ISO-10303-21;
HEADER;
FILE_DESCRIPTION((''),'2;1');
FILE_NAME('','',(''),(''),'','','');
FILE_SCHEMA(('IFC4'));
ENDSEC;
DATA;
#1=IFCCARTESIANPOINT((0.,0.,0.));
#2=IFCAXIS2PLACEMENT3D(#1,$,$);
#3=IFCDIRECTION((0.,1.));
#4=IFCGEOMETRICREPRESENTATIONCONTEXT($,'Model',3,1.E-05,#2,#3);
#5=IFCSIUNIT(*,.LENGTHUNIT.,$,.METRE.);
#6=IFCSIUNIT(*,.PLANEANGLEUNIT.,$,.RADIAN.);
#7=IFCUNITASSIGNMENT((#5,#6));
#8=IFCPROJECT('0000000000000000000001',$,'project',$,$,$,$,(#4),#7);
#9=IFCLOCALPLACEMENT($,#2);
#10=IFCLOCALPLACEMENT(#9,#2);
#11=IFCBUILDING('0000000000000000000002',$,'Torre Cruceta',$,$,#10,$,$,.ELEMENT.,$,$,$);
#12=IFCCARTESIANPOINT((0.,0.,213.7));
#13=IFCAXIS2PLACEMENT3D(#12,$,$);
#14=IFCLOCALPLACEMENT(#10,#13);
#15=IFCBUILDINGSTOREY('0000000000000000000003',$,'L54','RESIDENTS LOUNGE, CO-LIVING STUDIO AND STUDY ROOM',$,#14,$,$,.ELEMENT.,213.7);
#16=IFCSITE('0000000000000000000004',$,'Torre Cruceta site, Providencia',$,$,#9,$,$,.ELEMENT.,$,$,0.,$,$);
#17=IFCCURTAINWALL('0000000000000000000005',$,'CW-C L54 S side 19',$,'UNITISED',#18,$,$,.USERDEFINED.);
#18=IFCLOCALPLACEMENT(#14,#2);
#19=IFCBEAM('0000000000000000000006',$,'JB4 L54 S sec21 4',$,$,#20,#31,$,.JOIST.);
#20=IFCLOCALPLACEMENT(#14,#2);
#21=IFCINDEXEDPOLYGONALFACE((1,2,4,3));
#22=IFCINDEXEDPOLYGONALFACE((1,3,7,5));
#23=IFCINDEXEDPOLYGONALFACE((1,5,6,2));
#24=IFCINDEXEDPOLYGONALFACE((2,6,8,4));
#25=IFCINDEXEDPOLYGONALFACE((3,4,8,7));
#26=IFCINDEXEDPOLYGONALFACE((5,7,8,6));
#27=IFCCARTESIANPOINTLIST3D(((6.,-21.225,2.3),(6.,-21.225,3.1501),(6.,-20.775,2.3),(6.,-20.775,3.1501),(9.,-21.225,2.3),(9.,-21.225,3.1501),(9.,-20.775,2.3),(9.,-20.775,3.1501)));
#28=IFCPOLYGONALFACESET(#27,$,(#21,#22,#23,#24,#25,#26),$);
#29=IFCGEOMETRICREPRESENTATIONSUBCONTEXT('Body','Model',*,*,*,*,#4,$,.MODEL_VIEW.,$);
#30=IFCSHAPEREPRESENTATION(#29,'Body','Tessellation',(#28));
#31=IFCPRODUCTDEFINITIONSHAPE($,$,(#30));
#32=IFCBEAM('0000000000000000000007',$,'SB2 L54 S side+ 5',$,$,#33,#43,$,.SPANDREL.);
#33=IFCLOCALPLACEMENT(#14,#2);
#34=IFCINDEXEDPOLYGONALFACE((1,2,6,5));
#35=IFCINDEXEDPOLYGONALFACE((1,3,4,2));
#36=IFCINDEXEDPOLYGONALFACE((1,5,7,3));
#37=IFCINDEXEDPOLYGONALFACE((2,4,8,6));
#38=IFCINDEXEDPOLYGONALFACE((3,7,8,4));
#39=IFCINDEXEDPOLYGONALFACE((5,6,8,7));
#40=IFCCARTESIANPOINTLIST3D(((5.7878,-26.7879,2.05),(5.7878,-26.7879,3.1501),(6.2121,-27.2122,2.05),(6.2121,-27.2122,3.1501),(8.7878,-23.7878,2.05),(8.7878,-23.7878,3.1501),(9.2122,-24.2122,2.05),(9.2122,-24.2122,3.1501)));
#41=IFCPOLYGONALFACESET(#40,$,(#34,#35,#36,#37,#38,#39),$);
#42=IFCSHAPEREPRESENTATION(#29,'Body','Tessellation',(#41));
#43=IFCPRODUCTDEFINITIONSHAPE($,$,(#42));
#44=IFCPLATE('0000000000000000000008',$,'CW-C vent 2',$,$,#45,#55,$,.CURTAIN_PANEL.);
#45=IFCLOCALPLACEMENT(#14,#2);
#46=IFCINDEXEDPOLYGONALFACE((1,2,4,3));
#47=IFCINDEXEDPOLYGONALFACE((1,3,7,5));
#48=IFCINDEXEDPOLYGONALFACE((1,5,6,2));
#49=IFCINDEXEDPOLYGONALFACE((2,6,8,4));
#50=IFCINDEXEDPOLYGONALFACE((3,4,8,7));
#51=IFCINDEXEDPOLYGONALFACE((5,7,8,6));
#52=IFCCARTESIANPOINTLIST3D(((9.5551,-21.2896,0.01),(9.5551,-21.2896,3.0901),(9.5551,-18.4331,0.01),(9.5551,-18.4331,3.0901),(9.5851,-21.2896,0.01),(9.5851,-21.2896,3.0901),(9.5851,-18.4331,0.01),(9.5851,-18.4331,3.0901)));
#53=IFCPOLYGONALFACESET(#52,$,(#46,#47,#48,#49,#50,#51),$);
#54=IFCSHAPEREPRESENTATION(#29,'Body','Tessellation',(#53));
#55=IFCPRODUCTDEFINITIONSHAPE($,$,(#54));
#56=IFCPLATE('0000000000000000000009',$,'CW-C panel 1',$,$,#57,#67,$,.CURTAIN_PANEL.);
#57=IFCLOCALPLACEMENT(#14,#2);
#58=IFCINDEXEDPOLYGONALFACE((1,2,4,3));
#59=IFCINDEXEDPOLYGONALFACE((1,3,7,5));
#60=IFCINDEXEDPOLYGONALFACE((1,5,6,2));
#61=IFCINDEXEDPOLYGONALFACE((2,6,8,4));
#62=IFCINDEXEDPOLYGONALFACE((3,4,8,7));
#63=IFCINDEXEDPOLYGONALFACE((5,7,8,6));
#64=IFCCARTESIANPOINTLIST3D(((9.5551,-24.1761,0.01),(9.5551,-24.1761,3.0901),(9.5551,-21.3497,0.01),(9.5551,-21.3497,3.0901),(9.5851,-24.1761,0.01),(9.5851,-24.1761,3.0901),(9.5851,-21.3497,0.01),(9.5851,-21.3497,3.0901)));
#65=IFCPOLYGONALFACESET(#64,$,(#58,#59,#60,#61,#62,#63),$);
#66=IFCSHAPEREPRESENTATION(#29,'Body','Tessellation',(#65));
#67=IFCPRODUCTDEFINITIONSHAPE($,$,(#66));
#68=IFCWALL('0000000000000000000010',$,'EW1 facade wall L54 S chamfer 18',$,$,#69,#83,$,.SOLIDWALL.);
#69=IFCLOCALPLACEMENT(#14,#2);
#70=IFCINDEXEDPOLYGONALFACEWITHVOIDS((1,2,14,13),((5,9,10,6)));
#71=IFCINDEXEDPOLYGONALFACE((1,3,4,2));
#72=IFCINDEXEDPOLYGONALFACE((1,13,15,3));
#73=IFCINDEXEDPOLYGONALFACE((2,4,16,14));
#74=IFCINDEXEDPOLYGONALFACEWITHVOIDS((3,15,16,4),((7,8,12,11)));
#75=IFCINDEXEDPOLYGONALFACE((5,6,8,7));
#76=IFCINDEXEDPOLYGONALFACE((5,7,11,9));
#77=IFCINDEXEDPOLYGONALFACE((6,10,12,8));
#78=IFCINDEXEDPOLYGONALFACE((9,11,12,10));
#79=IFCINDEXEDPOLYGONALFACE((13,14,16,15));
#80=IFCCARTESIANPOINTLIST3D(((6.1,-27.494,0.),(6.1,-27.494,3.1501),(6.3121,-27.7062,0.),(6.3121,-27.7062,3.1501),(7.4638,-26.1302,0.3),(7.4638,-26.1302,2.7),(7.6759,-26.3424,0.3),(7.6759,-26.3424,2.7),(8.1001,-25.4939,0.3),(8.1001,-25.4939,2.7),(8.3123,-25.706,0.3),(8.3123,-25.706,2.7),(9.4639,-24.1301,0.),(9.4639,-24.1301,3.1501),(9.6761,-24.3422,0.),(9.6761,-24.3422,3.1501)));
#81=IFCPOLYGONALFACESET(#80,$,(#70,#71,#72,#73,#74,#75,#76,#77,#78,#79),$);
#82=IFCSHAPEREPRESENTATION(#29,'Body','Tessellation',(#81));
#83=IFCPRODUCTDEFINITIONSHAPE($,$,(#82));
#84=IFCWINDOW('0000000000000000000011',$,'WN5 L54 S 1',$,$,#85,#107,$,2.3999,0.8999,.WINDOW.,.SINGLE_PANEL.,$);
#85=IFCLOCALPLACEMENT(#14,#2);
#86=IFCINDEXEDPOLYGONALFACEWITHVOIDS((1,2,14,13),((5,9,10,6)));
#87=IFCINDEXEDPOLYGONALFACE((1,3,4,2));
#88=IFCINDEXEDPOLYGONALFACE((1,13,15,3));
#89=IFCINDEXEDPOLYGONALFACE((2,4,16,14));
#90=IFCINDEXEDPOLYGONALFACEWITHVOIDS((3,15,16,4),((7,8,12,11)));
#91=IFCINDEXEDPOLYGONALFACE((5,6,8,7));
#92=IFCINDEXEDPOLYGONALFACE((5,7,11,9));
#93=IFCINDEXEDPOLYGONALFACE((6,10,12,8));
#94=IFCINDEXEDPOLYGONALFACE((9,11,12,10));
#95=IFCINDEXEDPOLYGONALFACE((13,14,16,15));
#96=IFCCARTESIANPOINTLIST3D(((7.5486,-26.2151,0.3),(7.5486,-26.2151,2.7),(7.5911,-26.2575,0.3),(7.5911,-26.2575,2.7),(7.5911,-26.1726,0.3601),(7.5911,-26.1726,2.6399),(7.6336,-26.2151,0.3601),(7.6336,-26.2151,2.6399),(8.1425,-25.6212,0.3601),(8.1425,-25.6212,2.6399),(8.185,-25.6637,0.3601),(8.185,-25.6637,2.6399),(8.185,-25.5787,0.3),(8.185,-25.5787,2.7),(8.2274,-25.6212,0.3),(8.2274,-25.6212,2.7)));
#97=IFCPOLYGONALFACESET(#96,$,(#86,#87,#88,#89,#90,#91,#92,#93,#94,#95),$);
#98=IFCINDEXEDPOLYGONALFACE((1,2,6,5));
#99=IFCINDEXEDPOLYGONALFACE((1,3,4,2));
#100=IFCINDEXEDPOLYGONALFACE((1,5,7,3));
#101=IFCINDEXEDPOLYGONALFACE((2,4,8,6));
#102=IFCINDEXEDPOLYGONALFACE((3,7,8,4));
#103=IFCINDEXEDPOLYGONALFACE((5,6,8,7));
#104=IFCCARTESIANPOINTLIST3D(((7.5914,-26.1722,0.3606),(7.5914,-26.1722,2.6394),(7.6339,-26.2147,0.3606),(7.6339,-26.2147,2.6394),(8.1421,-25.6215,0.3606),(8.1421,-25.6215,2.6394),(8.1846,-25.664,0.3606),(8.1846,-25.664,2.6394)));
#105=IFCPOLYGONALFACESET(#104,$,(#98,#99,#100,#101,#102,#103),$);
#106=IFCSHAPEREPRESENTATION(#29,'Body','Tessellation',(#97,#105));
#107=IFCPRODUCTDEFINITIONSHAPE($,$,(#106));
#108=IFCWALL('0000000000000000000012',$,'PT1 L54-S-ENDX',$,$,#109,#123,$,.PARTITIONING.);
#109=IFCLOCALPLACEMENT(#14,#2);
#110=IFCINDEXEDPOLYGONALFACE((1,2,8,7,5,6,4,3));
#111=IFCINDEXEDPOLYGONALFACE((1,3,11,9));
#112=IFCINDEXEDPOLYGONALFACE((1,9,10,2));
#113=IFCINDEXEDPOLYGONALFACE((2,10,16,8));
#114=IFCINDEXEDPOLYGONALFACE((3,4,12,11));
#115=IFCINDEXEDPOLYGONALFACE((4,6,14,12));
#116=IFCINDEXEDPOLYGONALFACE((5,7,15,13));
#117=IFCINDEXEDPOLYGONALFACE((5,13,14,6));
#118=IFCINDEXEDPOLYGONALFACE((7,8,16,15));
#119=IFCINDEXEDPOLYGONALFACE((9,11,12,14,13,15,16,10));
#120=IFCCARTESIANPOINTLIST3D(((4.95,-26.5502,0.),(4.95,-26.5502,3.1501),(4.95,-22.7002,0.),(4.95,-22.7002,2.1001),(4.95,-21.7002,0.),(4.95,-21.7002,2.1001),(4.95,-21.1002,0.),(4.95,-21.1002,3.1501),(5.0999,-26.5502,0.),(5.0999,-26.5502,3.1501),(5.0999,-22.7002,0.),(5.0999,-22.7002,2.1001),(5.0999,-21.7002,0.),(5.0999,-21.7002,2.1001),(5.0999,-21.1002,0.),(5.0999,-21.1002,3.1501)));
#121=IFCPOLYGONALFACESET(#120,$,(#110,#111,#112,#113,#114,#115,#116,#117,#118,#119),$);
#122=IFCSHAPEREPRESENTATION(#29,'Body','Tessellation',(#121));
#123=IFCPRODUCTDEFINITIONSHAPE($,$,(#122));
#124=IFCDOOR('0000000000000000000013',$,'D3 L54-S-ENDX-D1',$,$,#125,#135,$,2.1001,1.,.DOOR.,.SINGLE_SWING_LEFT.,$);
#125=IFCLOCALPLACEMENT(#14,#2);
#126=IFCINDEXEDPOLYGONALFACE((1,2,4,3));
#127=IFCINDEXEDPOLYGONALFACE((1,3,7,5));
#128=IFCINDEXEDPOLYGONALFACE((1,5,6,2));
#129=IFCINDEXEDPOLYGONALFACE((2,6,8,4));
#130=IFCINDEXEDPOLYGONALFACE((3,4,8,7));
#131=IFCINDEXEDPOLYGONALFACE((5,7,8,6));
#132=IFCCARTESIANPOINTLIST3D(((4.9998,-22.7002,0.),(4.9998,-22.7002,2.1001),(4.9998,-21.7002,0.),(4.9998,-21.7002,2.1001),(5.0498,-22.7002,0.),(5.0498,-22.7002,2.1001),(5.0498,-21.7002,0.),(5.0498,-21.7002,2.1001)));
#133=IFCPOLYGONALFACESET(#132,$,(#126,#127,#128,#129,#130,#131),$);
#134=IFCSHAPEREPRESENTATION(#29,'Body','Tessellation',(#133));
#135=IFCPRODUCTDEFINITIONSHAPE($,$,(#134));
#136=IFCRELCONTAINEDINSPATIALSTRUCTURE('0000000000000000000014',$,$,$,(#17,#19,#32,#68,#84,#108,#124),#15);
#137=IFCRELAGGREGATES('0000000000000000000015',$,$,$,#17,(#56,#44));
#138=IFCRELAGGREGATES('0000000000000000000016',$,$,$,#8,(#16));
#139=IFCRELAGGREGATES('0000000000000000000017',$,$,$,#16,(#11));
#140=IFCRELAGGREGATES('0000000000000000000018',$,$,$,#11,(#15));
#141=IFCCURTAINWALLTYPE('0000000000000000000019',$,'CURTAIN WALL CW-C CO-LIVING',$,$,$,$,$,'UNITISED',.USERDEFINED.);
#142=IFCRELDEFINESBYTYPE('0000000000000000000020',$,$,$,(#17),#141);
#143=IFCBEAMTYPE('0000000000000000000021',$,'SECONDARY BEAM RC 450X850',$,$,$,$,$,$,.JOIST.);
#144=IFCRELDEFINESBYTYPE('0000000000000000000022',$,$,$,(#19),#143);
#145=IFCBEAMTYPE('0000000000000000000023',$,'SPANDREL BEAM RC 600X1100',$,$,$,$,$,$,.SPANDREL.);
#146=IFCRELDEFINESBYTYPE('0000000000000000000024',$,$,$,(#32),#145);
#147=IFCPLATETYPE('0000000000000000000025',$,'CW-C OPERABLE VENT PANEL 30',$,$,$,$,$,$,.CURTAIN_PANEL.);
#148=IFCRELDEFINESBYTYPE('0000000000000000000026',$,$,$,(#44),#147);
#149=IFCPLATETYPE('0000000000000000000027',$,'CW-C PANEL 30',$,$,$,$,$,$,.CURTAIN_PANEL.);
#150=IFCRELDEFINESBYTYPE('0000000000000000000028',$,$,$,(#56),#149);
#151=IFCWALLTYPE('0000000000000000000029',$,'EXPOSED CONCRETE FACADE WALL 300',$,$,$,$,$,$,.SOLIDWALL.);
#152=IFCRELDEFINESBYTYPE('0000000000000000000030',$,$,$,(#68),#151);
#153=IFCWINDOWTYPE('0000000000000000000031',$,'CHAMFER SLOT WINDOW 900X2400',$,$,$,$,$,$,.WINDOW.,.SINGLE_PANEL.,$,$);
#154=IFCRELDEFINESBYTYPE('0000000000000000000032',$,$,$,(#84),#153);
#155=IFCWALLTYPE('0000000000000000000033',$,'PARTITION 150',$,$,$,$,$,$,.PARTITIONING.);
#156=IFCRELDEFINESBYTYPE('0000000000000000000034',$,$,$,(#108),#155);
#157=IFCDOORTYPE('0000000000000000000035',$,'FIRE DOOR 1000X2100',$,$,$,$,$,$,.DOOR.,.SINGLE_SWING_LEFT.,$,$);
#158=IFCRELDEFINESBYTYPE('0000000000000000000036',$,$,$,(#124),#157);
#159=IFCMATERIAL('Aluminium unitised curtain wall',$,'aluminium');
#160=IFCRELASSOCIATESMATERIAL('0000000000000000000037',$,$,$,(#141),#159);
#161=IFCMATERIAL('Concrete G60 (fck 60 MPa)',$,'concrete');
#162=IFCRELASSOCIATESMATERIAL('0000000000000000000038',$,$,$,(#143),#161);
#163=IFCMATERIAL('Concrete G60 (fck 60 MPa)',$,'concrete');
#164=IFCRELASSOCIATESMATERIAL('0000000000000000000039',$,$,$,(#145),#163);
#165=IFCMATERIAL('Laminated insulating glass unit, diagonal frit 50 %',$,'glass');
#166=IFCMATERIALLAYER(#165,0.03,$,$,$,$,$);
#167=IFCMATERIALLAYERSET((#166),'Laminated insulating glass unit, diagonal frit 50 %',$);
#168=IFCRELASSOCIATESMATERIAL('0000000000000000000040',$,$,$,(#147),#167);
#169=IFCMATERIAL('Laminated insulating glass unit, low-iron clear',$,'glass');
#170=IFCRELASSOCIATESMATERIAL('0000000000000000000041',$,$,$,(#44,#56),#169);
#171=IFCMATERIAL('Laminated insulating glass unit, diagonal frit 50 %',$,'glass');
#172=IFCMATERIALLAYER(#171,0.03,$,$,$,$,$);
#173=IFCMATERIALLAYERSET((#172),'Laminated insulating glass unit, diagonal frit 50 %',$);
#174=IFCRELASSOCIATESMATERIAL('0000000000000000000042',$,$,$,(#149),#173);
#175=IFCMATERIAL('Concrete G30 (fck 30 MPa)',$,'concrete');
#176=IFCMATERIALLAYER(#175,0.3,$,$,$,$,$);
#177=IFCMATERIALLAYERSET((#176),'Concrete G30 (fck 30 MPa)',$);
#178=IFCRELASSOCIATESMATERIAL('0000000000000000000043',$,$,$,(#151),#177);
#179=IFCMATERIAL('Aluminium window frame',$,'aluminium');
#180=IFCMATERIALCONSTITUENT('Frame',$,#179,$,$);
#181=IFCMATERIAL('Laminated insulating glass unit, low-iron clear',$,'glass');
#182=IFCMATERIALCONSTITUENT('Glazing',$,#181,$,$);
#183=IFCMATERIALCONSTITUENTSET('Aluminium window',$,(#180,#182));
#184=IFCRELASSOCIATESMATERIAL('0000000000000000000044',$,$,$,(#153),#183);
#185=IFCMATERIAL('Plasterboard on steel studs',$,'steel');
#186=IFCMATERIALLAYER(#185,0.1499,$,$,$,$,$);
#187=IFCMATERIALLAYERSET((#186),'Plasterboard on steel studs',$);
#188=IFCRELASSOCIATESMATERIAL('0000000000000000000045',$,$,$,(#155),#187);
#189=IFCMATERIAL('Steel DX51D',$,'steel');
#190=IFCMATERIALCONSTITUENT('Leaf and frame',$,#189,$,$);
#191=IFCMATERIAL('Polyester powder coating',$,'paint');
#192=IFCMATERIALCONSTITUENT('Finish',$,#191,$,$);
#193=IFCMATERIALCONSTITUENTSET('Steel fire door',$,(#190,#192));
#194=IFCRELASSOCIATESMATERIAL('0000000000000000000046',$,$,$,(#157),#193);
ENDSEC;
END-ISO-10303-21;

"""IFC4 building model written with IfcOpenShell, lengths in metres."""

from ifc_helpers import new_model, si_unit, direction, frame, frame_2d, origin, origin_2d, place, context, subcontext, project, spatial, rectangle, hollow_rectangle, extrude, material, layer, layer_set, constituent, constituent_set, material_profile, profile_set, type_object, element, fill, aggregate, save


model = new_model("IFC4")

# Units and contexts
model_context = context("Model", 3, precision=1e-05, world=origin(), true_north=direction((0.0, 1.0)))
body_context = subcontext(model_context, "Body", "Model", "MODEL_VIEW")
ifc_project = project(units=[si_unit("LENGTHUNIT", "METRE"), si_unit("PLANEANGLEUNIT", "RADIAN")], contexts=[model_context])

# Site, building, storey
site_placement = place(None, origin())
site = spatial("IfcSite", under=ifc_project, at=site_placement, Name="Torre Cruceta site, Providencia", CompositionType="ELEMENT", RefElevation=0.0)
building_placement = place(site_placement, origin())
building = spatial("IfcBuilding", under=site, at=building_placement, Name="Torre Cruceta", CompositionType="ELEMENT")
storey_placement = place(building_placement, frame((0.0, 0.0, 213.7)))
storey = spatial("IfcBuildingStorey", under=building, at=storey_placement, Name="L54", Description="RESIDENTS LOUNGE, CO-LIVING STUDIO AND STUDY ROOM", CompositionType="ELEMENT", Elevation=213.7)

# Curtain wall
ifc_material_1 = material(Name="Aluminium unitised curtain wall", Category="aluminium")
curtain_wall_type = type_object("IfcCurtainWallType", Name="CURTAIN WALL CW-C CO-LIVING", ElementType="UNITISED", PredefinedType="USERDEFINED", material=ifc_material_1)
curtain_wall_placement = place(storey_placement, origin())
curtain_wall = element("IfcCurtainWall", 1, at=curtain_wall_placement, inside=storey, type_object=curtain_wall_type, Name="CW-C L54 S side 19", ObjectType="UNITISED", PredefinedType="USERDEFINED")

# Beams
ifc_material_2 = material(Name="Concrete G60 (fck 60 MPa)", Category="concrete")
ifc_material_profile_1 = material_profile(ifc_material_2, rectangle(XDim=0.45, YDim=0.8501, at=origin_2d()), Name="RC 450X850")
ifc_profile_set_1 = profile_set([ifc_material_profile_1], Name="Concrete G60 (fck 60 MPa)")
beam_type_1 = type_object("IfcBeamType", Name="SECONDARY BEAM RC 450X850", PredefinedType="JOIST", material=ifc_profile_set_1)
beam_1_placement = place(storey_placement, frame((6.0, -21.0, 2.7251), z_axis=(1.0, 0.0, 0.0), x_axis=(0.0, 1.0, 0.0)))
element("IfcBeam", 2, at=beam_1_placement, inside=storey, type_object=beam_type_1, Name="JB4 L54 S sec21 4", PredefinedType="JOIST", context=body_context, shape_type="SweptSolid", body=[
    extrude(rectangle(XDim=0.45, YDim=0.8501, at=origin_2d()), origin(), (0.0, 0.0, 1.0), 3.0),
])
ifc_material_3 = material(Name="Concrete G60 (fck 60 MPa)", Category="concrete")
ifc_material_profile_2 = material_profile(ifc_material_3, rectangle(XDim=0.6001, YDim=1.1001, at=origin_2d()), Name="RC 600X1100")
ifc_profile_set_2 = profile_set([ifc_material_profile_2], Name="Concrete G60 (fck 60 MPa)")
beam_type_2 = type_object("IfcBeamType", Name="SPANDREL BEAM RC 600X1100", PredefinedType="SPANDREL", material=ifc_profile_set_2)
beam_2_placement = place(storey_placement, frame((9.0, -24.0, 2.6001), z_axis=(-0.707107, -0.707107, 0.0), x_axis=(0.707107, -0.707107, 0.0)))
element("IfcBeam", 3, at=beam_2_placement, inside=storey, type_object=beam_type_2, Name="SB2 L54 S side+ 5", PredefinedType="SPANDREL", context=body_context, shape_type="SweptSolid", body=[
    extrude(rectangle(XDim=0.6001, YDim=1.1001, at=origin_2d()), origin(), (0.0, 0.0, 1.0), 4.2427),
])

# Plates
ifc_material_4 = material(Name="Laminated insulating glass unit, low-iron clear", Category="glass")
ifc_material_5 = material(Name="Laminated insulating glass unit, diagonal frit 50 %", Category="glass")
ifc_layer_1 = layer(ifc_material_5, 0.03)
ifc_layer_set_1 = layer_set([ifc_layer_1], Name="Laminated insulating glass unit, diagonal frit 50 %")
plate_type_1 = type_object("IfcPlateType", Name="CW-C OPERABLE VENT PANEL 30", PredefinedType="CURTAIN_PANEL", material=ifc_layer_set_1)
plate_1_placement = place(storey_placement, frame((9.5701, -19.8613, 0.01), z_axis=(0.0, 0.0, 1.0), x_axis=(0.0, 1.0, 0.0)))
plate_1 = element("IfcPlate", 4, at=plate_1_placement, type_object=plate_type_1, material=ifc_material_4, Name="CW-C vent 2", PredefinedType="CURTAIN_PANEL", context=body_context, shape_type="SweptSolid", body=[
    extrude(rectangle(XDim=2.8564, YDim=0.03, at=origin_2d()), origin(), (0.0, 0.0, 1.0), 3.0801),
])
ifc_material_6 = material(Name="Laminated insulating glass unit, diagonal frit 50 %", Category="glass")
ifc_layer_2 = layer(ifc_material_6, 0.03)
ifc_layer_set_2 = layer_set([ifc_layer_2], Name="Laminated insulating glass unit, diagonal frit 50 %")
plate_type_2 = type_object("IfcPlateType", Name="CW-C PANEL 30", PredefinedType="CURTAIN_PANEL", material=ifc_layer_set_2)
plate_2_placement = place(storey_placement, frame((9.5701, -22.7629, 0.01), z_axis=(0.0, 0.0, 1.0), x_axis=(0.0, 1.0, 0.0)))
plate_2 = element("IfcPlate", 5, at=plate_2_placement, type_object=plate_type_2, material=ifc_material_4, Name="CW-C panel 1", PredefinedType="CURTAIN_PANEL", context=body_context, shape_type="SweptSolid", body=[
    extrude(rectangle(XDim=2.8264, YDim=0.03, at=origin_2d()), origin(), (0.0, 0.0, 1.0), 3.0801),
])
aggregate(curtain_wall, [plate_2, plate_1])

# Wall, opening, window
ifc_material_7 = material(Name="Concrete G30 (fck 30 MPa)", Category="concrete")
ifc_layer_3 = layer(ifc_material_7, 0.3)
ifc_layer_set_3 = layer_set([ifc_layer_3], Name="Concrete G30 (fck 30 MPa)")
wall_type_1 = type_object("IfcWallType", Name="EXPOSED CONCRETE FACADE WALL 300", PredefinedType="SOLIDWALL", material=ifc_layer_set_3)
wall_1_placement = place(storey_placement, frame((6.2061, -27.6001, 0.0), z_axis=(0.0, 0.0, 1.0), x_axis=(0.707107, 0.707107, 0.0)))
wall_1 = element("IfcWall", 6, at=wall_1_placement, inside=storey, type_object=wall_type_1, Name="EW1 facade wall L54 S chamfer 18", PredefinedType="SOLIDWALL", context=body_context, shape_type="SweptSolid", body=[
    extrude(rectangle(XDim=4.7573, YDim=0.3, at=frame_2d((2.3787, 0.0))), origin(), (0.0, 0.0, 1.0), 3.1501),
])
opening_1_placement = place(wall_1_placement, frame((1.9287, 0.0, 0.3)))
opening_1 = element("IfcOpeningElement", 7, at=opening_1_placement, cuts=wall_1, PredefinedType="OPENING", context=body_context, shape_type="SweptSolid", body=[
    extrude(rectangle(XDim=0.8999, YDim=2.3999, at=frame_2d((0.45, 1.2))), frame((0.0, 0.1599, 0.0), z_axis=(0.0, -1.0, 0.0), x_axis=(1.0, 0.0, 0.0)), (0.0, 0.0, 1.0), 0.3201),
])
ifc_material_8 = material(Name="Aluminium window frame", Category="aluminium")
ifc_constituent_1 = constituent(ifc_material_8, Name="Frame")
ifc_material_9 = material(Name="Laminated insulating glass unit, low-iron clear", Category="glass")
ifc_constituent_2 = constituent(ifc_material_9, Name="Glazing")
ifc_constituent_set_1 = constituent_set(constituents=[ifc_constituent_1, ifc_constituent_2], Name="Aluminium window")
window_type = type_object("IfcWindowType", Name="CHAMFER SLOT WINDOW 900X2400", PartitioningType="SINGLE_PANEL", PredefinedType="WINDOW", material=ifc_constituent_set_1)
window_placement = place(opening_1_placement, origin())
window = element("IfcWindow", 8, at=window_placement, inside=storey, type_object=window_type, Name="WN5 L54 S 1", OverallHeight=2.3999, OverallWidth=0.8999, PartitioningType="SINGLE_PANEL", PredefinedType="WINDOW", context=body_context, shape_type="SweptSolid", body=[
    extrude(hollow_rectangle(XDim=0.8999, YDim=2.3999, WallThickness=0.0601, at=frame_2d((0.45, 1.2))), frame((0.0, 0.03, 0.0), z_axis=(0.0, -1.0, 0.0), x_axis=(1.0, 0.0, 0.0)), (0.0, 0.0, 1.0), 0.0601),
    extrude(rectangle(XDim=0.7788, YDim=2.2788, at=frame_2d((0.45, 1.2))), frame((0.0, 0.03, 0.0), z_axis=(0.0, -1.0, 0.0), x_axis=(1.0, 0.0, 0.0)), (0.0, 0.0, 1.0), 0.0601),
])
fill(opening_1, window)

# Wall, opening, door
ifc_material_10 = material(Name="Plasterboard on steel studs", Category="steel")
ifc_layer_4 = layer(ifc_material_10, 0.1499)
ifc_layer_set_4 = layer_set([ifc_layer_4], Name="Plasterboard on steel studs")
wall_type_2 = type_object("IfcWallType", Name="PARTITION 150", PredefinedType="PARTITIONING", material=ifc_layer_set_4)
wall_2_placement = place(storey_placement, frame((5.0249, -21.1001, 0.0), z_axis=(0.0, 0.0, 1.0), x_axis=(0.0, -1.0, 0.0)))
wall_2 = element("IfcWall", 9, at=wall_2_placement, inside=storey, type_object=wall_type_2, Name="PT1 L54-S-ENDX", PredefinedType="PARTITIONING", context=body_context, shape_type="SweptSolid", body=[
    extrude(rectangle(XDim=5.45, YDim=0.1499, at=frame_2d((2.7251, 0.0))), origin(), (0.0, 0.0, 1.0), 3.1501),
])
opening_2_placement = place(wall_2_placement, frame((0.6001, 0.0, 0.0)))
opening_2 = element("IfcOpeningElement", 10, at=opening_2_placement, cuts=wall_2, PredefinedType="OPENING", context=body_context, shape_type="SweptSolid", body=[
    extrude(rectangle(XDim=1.0, YDim=2.1001, at=frame_2d((0.5, 1.05))), frame((0.0, 0.085, 0.0), z_axis=(0.0, -1.0, 0.0), x_axis=(1.0, 0.0, 0.0)), (0.0, 0.0, 1.0), 0.1699),
])
ifc_material_11 = material(Name="Steel DX51D", Category="steel")
ifc_constituent_3 = constituent(ifc_material_11, Name="Leaf and frame")
ifc_material_12 = material(Name="Polyester powder coating", Category="paint")
ifc_constituent_4 = constituent(ifc_material_12, Name="Finish")
ifc_constituent_set_2 = constituent_set(constituents=[ifc_constituent_3, ifc_constituent_4], Name="Steel fire door")
door_type_1 = type_object("IfcDoorType", Name="FIRE DOOR 1000X2100", OperationType="SINGLE_SWING_LEFT", PredefinedType="DOOR", material=ifc_constituent_set_2)
door_1_placement = place(opening_2_placement, origin())
door_1 = element("IfcDoor", 11, at=door_1_placement, inside=storey, type_object=door_type_1, Name="D3 L54-S-ENDX-D1", OperationType="SINGLE_SWING_LEFT", OverallHeight=2.1001, OverallWidth=1.0, PredefinedType="DOOR", context=body_context, shape_type="SweptSolid", body=[
    extrude(rectangle(XDim=1.0, YDim=2.1001, at=frame_2d((0.5, 1.05))), frame((0.0, 0.0249, 0.0), z_axis=(0.0, -1.0, 0.0), x_axis=(1.0, 0.0, 0.0)), (0.0, 0.0, 1.0), 0.05),
])
fill(opening_2, door_1)

save(model, "model.ifc")
